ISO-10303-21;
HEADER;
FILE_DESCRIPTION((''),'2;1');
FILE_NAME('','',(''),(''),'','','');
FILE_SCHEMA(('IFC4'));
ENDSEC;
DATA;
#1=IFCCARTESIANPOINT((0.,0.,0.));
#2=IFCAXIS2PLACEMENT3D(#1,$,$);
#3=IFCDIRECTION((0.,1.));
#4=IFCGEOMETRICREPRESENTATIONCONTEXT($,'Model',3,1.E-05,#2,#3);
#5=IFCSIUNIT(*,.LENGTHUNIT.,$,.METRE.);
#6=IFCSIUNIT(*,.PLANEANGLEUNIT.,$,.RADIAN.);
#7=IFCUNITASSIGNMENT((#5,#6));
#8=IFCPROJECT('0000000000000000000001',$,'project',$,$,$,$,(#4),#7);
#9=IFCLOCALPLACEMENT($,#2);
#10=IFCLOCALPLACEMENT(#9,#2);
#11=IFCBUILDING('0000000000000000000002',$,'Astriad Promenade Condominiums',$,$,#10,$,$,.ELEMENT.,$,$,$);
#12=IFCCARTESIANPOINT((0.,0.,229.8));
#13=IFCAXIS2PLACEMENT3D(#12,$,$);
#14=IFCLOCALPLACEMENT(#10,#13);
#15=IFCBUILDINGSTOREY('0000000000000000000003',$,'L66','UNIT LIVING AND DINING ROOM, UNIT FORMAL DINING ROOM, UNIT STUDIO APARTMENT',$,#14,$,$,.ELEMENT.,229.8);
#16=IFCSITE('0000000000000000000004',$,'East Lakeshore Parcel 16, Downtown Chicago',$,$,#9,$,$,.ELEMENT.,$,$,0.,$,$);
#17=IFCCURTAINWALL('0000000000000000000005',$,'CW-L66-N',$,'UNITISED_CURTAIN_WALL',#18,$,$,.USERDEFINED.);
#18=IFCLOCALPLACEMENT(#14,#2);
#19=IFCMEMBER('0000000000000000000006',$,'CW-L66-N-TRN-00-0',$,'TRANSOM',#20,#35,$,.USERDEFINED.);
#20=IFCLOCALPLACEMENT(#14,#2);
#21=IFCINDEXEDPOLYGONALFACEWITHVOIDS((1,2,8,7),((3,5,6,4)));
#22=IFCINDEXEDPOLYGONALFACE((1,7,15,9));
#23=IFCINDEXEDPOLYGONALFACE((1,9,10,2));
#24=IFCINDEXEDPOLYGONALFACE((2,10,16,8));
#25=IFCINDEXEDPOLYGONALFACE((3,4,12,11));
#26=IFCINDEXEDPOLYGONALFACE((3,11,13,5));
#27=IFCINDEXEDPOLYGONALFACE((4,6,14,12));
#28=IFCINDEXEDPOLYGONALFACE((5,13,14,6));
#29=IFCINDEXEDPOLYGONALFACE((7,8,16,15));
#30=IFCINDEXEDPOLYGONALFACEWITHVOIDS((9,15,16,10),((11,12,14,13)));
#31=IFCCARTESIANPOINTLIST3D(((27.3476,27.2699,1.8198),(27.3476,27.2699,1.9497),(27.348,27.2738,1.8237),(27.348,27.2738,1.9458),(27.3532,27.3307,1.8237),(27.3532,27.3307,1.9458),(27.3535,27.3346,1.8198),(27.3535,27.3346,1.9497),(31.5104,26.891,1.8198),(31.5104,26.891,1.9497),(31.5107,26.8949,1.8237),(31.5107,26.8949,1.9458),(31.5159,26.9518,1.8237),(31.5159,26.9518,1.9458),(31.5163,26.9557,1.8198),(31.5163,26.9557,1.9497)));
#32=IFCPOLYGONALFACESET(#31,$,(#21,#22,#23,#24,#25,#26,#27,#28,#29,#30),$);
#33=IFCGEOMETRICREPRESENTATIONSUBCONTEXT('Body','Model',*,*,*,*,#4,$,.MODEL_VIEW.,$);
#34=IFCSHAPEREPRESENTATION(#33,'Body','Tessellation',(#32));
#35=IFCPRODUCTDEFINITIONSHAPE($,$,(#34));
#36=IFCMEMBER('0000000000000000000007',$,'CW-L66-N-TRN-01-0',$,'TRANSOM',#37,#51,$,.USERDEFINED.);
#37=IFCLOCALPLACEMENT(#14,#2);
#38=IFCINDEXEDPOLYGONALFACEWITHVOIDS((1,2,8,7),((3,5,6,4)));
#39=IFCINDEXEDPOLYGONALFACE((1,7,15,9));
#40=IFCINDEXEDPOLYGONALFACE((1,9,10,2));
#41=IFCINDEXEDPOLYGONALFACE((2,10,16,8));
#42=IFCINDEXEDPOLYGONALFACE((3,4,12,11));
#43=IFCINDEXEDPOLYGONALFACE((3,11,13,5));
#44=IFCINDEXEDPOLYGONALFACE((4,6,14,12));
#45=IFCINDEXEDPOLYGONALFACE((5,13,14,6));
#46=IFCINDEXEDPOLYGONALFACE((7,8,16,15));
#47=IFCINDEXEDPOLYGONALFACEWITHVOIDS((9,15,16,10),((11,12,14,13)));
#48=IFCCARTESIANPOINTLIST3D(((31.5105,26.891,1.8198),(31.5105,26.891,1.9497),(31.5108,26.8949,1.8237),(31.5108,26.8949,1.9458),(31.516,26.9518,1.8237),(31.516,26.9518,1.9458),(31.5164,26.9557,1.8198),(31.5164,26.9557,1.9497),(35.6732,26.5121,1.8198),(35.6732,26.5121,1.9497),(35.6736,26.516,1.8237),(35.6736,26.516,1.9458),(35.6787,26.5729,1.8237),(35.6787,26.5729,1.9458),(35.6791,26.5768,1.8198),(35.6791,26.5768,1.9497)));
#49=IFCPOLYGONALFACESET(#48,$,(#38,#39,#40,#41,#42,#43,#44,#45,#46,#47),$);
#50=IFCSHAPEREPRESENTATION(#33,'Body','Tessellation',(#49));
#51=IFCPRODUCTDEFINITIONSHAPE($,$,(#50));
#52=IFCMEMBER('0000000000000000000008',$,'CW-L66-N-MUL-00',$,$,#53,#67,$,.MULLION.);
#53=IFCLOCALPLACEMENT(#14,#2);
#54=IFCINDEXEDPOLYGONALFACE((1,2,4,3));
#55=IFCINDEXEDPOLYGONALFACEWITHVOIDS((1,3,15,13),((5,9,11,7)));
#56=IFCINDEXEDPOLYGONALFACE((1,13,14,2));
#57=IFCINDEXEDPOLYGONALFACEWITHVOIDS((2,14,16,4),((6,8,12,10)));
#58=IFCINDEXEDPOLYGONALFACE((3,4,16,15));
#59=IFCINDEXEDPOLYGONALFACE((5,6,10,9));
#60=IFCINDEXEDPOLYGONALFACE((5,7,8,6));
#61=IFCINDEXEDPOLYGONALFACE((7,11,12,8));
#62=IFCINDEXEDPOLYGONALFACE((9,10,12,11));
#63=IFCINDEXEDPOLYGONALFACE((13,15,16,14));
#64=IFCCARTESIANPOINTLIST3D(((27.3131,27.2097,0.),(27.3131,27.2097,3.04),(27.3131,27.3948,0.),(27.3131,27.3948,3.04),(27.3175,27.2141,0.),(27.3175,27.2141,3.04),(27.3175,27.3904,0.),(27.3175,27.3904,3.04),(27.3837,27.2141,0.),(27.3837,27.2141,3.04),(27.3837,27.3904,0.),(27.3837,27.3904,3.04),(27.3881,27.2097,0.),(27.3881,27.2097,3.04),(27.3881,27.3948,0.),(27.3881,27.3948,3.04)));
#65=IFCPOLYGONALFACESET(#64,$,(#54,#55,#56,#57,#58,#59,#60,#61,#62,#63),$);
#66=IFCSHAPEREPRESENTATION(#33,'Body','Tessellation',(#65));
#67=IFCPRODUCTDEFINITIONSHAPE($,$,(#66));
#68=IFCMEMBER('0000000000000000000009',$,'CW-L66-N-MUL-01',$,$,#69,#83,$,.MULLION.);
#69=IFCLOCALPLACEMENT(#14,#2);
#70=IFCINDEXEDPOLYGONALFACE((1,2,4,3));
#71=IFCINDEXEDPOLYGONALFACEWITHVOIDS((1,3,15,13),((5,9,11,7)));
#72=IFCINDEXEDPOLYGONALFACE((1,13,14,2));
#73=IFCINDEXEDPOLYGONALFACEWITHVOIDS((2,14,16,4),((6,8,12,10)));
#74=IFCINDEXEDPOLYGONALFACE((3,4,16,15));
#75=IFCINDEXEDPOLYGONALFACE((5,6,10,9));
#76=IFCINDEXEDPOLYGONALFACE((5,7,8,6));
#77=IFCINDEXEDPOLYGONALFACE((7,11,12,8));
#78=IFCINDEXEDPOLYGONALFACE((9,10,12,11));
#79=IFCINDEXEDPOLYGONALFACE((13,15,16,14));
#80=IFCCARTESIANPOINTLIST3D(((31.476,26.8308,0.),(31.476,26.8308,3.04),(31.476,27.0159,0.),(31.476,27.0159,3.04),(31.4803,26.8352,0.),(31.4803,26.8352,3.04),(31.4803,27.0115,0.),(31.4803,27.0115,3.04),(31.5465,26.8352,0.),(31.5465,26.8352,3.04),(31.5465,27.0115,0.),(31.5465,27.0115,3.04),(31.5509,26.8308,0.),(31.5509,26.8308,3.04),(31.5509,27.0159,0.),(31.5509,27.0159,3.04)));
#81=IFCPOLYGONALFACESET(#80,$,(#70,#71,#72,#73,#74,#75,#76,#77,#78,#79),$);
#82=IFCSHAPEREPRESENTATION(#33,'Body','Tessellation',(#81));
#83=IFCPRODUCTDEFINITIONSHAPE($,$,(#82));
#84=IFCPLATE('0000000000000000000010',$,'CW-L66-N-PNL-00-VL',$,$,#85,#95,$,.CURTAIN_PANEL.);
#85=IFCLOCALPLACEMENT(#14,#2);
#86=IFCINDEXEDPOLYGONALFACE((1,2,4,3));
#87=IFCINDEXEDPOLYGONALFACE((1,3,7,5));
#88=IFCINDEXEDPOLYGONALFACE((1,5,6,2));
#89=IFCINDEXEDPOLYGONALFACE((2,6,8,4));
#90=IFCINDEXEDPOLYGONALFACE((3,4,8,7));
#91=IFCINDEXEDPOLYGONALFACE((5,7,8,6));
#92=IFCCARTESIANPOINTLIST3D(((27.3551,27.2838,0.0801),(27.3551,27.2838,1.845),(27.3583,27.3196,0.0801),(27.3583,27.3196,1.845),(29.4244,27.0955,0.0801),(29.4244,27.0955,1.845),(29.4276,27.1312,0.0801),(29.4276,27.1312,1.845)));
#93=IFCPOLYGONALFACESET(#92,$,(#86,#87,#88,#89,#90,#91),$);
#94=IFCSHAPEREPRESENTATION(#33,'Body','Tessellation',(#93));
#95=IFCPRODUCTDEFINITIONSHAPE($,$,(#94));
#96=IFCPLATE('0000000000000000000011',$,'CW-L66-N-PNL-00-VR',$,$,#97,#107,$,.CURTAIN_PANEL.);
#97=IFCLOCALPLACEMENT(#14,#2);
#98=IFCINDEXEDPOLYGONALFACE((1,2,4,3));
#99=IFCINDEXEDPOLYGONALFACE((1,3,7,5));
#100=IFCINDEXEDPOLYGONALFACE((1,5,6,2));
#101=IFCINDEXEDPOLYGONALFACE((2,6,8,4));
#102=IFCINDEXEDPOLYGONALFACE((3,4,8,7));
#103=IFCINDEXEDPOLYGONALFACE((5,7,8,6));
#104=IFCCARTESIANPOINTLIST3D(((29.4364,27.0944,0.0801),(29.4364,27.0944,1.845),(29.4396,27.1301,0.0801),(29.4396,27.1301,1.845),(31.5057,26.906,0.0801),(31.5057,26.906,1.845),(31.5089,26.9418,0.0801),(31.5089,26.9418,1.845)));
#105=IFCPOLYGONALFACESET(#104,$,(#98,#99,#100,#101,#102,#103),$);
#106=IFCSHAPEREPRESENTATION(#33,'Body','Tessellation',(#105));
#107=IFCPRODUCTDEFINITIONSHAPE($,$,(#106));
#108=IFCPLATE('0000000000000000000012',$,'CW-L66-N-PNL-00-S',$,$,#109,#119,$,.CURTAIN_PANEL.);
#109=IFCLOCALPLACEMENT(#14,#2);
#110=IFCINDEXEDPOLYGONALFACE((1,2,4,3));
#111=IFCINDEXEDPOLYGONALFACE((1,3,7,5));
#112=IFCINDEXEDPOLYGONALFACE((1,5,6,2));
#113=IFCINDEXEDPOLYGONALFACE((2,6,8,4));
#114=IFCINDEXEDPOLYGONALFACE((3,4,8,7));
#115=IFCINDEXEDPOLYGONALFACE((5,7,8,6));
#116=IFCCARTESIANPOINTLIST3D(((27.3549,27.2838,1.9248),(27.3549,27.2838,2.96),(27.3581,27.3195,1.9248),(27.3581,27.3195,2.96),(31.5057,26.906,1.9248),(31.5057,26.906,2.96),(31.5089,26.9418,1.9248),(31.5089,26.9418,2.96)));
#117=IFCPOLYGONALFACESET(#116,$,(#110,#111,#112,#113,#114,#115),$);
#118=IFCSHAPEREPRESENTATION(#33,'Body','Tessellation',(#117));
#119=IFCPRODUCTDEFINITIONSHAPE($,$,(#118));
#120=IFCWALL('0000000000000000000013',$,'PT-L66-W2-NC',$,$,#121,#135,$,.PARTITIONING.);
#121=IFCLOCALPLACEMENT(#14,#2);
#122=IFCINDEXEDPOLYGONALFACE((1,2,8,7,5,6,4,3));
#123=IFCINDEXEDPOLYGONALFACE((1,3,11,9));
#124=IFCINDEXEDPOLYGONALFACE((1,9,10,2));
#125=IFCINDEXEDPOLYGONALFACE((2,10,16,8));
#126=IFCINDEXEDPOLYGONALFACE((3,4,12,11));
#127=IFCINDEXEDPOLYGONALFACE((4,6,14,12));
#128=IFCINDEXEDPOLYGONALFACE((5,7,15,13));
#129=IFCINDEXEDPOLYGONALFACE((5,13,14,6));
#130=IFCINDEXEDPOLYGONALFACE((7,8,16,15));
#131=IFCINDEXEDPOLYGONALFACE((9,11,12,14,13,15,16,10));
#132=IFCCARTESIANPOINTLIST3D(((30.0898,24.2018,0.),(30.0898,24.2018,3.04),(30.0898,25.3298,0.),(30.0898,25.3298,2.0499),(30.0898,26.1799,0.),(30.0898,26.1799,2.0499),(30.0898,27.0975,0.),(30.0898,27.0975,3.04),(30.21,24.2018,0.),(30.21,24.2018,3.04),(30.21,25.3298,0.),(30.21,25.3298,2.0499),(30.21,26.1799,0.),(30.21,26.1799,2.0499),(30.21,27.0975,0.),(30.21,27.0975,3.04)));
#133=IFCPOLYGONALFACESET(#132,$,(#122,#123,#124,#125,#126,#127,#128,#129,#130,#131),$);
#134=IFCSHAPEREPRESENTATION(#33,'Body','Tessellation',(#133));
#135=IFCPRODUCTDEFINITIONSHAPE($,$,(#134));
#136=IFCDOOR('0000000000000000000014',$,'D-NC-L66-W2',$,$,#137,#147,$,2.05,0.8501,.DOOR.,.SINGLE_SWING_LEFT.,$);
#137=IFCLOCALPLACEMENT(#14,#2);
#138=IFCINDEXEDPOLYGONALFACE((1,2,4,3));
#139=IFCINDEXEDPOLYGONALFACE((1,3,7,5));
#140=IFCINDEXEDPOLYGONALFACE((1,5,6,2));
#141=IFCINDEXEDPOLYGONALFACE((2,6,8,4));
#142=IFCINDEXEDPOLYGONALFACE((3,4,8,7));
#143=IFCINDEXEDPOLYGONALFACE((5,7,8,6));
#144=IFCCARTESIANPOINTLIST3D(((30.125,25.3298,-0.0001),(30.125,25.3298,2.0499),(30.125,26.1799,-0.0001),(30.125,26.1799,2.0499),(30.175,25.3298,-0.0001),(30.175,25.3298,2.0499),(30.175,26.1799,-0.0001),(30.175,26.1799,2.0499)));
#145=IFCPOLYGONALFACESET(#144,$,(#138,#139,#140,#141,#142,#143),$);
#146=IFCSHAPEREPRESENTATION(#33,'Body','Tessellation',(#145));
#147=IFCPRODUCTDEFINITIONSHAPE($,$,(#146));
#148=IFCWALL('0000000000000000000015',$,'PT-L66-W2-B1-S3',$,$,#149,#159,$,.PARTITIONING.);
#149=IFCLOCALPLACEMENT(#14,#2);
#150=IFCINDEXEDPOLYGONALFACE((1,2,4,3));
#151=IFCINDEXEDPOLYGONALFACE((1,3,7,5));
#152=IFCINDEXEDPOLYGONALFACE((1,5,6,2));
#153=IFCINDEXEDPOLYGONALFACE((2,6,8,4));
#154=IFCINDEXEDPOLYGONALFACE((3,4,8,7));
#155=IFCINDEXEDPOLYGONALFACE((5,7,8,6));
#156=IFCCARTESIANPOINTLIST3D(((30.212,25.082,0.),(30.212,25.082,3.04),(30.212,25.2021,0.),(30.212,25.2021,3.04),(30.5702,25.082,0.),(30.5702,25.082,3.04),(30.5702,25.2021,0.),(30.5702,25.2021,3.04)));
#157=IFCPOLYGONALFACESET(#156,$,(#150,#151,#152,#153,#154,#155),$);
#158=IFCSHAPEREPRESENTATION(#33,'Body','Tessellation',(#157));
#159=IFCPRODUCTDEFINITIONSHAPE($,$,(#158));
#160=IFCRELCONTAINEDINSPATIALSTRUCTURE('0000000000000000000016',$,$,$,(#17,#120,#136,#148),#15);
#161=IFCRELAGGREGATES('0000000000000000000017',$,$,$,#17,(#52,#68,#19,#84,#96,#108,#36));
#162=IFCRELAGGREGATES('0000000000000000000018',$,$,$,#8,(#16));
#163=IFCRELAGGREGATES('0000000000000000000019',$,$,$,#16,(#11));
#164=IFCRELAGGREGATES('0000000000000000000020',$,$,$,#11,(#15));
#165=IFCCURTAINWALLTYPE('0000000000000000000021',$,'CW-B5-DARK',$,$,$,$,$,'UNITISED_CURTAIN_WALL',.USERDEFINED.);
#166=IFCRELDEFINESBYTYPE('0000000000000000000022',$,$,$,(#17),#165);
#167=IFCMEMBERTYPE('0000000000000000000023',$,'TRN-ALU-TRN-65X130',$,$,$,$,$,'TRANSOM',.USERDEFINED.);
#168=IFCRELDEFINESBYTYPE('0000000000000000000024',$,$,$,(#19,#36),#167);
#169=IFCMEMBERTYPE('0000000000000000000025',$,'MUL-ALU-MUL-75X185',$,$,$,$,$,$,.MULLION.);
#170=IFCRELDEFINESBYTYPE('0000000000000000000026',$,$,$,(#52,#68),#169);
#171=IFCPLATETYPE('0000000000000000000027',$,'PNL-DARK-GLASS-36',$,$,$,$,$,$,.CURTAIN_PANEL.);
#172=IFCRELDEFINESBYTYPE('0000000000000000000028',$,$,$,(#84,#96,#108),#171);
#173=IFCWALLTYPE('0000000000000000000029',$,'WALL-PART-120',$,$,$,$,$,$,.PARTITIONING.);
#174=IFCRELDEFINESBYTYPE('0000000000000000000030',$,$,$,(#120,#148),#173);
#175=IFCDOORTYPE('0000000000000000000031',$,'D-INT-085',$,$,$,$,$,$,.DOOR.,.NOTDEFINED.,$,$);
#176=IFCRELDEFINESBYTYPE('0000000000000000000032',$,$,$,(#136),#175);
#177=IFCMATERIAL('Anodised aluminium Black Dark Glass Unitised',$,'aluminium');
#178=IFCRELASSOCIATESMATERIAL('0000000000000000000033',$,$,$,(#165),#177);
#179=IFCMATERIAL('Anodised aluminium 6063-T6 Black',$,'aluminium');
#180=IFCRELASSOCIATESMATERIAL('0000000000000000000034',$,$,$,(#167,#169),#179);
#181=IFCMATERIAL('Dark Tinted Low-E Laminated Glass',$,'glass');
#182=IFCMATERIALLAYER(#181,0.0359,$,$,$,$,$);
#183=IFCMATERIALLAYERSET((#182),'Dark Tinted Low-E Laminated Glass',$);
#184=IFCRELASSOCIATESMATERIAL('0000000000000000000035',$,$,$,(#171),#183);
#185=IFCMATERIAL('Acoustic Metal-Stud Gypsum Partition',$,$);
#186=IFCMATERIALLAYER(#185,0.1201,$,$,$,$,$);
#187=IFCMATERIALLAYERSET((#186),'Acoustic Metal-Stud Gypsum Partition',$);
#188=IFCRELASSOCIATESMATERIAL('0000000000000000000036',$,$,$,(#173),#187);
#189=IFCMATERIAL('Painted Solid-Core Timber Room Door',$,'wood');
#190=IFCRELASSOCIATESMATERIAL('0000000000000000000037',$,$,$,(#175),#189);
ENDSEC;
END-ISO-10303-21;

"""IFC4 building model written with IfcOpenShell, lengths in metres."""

from ifc_helpers import new_model, si_unit, direction, frame, frame_2d, origin, origin_2d, place, context, subcontext, project, spatial, rectangle, hollow_rectangle, extrude, source, transform, mapped, material, layer, layer_set, material_profile, profile_set, type_object, type_shapes, element, fill, aggregate, save


model = new_model("IFC4")

# Units and contexts
model_context = context("Model", 3, precision=1e-05, world=origin(), true_north=direction((0.0, 1.0)))
body_context = subcontext(model_context, "Body", "Model", "MODEL_VIEW")
ifc_project = project(units=[si_unit("LENGTHUNIT", "METRE"), si_unit("PLANEANGLEUNIT", "RADIAN")], contexts=[model_context])

# Site, building, storey
site_placement = place(None, origin())
site = spatial("IfcSite", under=ifc_project, at=site_placement, Name="East Lakeshore Parcel 16, Downtown Chicago", CompositionType="ELEMENT", RefElevation=0.0)
building_placement = place(site_placement, origin())
building = spatial("IfcBuilding", under=site, at=building_placement, Name="Astriad Promenade Condominiums", CompositionType="ELEMENT")
storey_placement = place(building_placement, frame((0.0, 0.0, 229.8)))
storey = spatial("IfcBuildingStorey", under=building, at=storey_placement, Name="L66", Description="UNIT LIVING AND DINING ROOM, UNIT FORMAL DINING ROOM, UNIT STUDIO APARTMENT", CompositionType="ELEMENT", Elevation=229.8)

# Curtain wall, members, plates
ifc_material_1 = material(Name="Anodised aluminium Black Dark Glass Unitised", Category="aluminium")
curtain_wall_type = type_object("IfcCurtainWallType", Name="CW-B5-DARK", ElementType="UNITISED_CURTAIN_WALL", PredefinedType="USERDEFINED", material=ifc_material_1)
curtain_wall_placement = place(storey_placement, origin())
curtain_wall = element("IfcCurtainWall", 1, at=curtain_wall_placement, inside=storey, type_object=curtain_wall_type, Name="CW-L66-N", ObjectType="UNITISED_CURTAIN_WALL", PredefinedType="USERDEFINED")
ifc_material_2 = material(Name="Anodised aluminium 6063-T6 Black", Category="aluminium")
ifc_material_profile_1 = material_profile(ifc_material_2, hollow_rectangle(XDim=0.0649, YDim=0.1299, WallThickness=0.0039, at=origin_2d()), Name="ALU-TRN-65X130")
ifc_profile_set_1 = profile_set([ifc_material_profile_1], Name="Anodised aluminium 6063-T6 Black")
member_type_1 = type_object("IfcMemberType", Name="TRN-ALU-TRN-65X130", ElementType="TRANSOM", PredefinedType="USERDEFINED", material=ifc_profile_set_1)
shared_shape_1 = source(origin(), body_context, "Body", "SweptSolid", [
    extrude(hollow_rectangle(XDim=0.0649, YDim=0.1299, WallThickness=0.0039, at=origin_2d()), origin(), (0.0, 0.0, 1.0), 4.1799),
])
type_shapes(member_type_1, [shared_shape_1])
member_1_placement = place(storey_placement, frame((27.3506, 27.3022, 1.8848), z_axis=(0.995883, -0.090646, 0.0), x_axis=(0.090646, 0.995883, 0.0)))
member_1 = element("IfcMember", 2, at=member_1_placement, type_object=member_type_1, Name="CW-L66-N-TRN-00-0", ObjectType="TRANSOM", PredefinedType="USERDEFINED", context=body_context, shape_type="MappedRepresentation", body=[
    mapped(shared_shape_1, transform((0.0, 0.0, 0.0), scale=1.0)),
])
member_2_placement = place(storey_placement, frame((31.5134, 26.9233, 1.8848), z_axis=(0.995883, -0.090646, 0.0), x_axis=(0.090646, 0.995883, 0.0)))
member_2 = element("IfcMember", 3, at=member_2_placement, type_object=member_type_1, Name="CW-L66-N-TRN-01-0", ObjectType="TRANSOM", PredefinedType="USERDEFINED", context=body_context, shape_type="MappedRepresentation", body=[
    mapped(shared_shape_1, transform((0.0, 0.0, 0.0), scale=1.0)),
])
ifc_material_profile_2 = material_profile(ifc_material_2, hollow_rectangle(XDim=0.075, YDim=0.1851, WallThickness=0.0044, at=origin_2d()), Name="ALU-MUL-75X185")
ifc_profile_set_2 = profile_set([ifc_material_profile_2], Name="Anodised aluminium 6063-T6 Black")
member_type_2 = type_object("IfcMemberType", Name="MUL-ALU-MUL-75X185", PredefinedType="MULLION", material=ifc_profile_set_2)
shared_shape_2 = source(origin(), body_context, "Body", "SweptSolid", [
    extrude(hollow_rectangle(XDim=0.075, YDim=0.1851, WallThickness=0.0044, at=origin_2d()), origin(), (0.0, 0.0, 1.0), 3.04),
])
type_shapes(member_type_2, [shared_shape_2])
member_3_placement = place(storey_placement, frame((27.3506, 27.3022, 0.0), z_axis=(0.0, 0.0, 1.0), x_axis=(1.0, 0.0, 0.0)))
member_3 = element("IfcMember", 4, at=member_3_placement, type_object=member_type_2, Name="CW-L66-N-MUL-00", PredefinedType="MULLION", context=body_context, shape_type="MappedRepresentation", body=[
    mapped(shared_shape_2, transform((0.0, 0.0, 0.0), scale=1.0)),
])
member_4_placement = place(storey_placement, frame((31.5134, 26.9233, 0.0), z_axis=(0.0, 0.0, 1.0), x_axis=(1.0, 0.0, 0.0)))
member_4 = element("IfcMember", 5, at=member_4_placement, type_object=member_type_2, Name="CW-L66-N-MUL-01", PredefinedType="MULLION", context=body_context, shape_type="MappedRepresentation", body=[
    mapped(shared_shape_2, transform((0.0, 0.0, 0.0), scale=1.0)),
])
ifc_material_3 = material(Name="Dark Tinted Low-E Laminated Glass", Category="glass")
ifc_layer_1 = layer(ifc_material_3, 0.0359)
ifc_layer_set_1 = layer_set([ifc_layer_1], Name="Dark Tinted Low-E Laminated Glass")
plate_type = type_object("IfcPlateType", Name="PNL-DARK-GLASS-36", PredefinedType="CURTAIN_PANEL", material=ifc_layer_set_1)
shared_shape_3 = source(origin(), body_context, "Body", "SweptSolid", [
    extrude(rectangle(XDim=2.0779, YDim=0.0359, at=origin_2d()), origin(), (0.0, 0.0, 1.0), 1.7649),
])
plate_1_placement = place(storey_placement, frame((28.3914, 27.2075, 0.0801), z_axis=(0.0, 0.0, 1.0), x_axis=(0.995884, -0.090633, 0.0)))
plate_1 = element("IfcPlate", 6, at=plate_1_placement, type_object=plate_type, Name="CW-L66-N-PNL-00-VL", PredefinedType="CURTAIN_PANEL", context=body_context, shape_type="MappedRepresentation", body=[
    mapped(shared_shape_3, transform((0.0, 0.0, 0.0), scale=1.0)),
])
plate_2_placement = place(storey_placement, frame((30.4727, 27.0181, 0.0801), z_axis=(0.0, 0.0, 1.0), x_axis=(0.995884, -0.090633, 0.0)))
plate_2 = element("IfcPlate", 7, at=plate_2_placement, type_object=plate_type, Name="CW-L66-N-PNL-00-VR", PredefinedType="CURTAIN_PANEL", context=body_context, shape_type="MappedRepresentation", body=[
    mapped(shared_shape_3, transform((0.0, 0.0, 0.0), scale=1.0)),
])
shared_shape_4 = source(origin(), body_context, "Body", "SweptSolid", [
    extrude(rectangle(XDim=4.168, YDim=0.0359, at=origin_2d()), origin(), (0.0, 0.0, 1.0), 1.0352),
])
type_shapes(plate_type, [shared_shape_3, shared_shape_4])
plate_3_placement = place(storey_placement, frame((29.4319, 27.1128, 1.9248), z_axis=(0.0, 0.0, 1.0), x_axis=(0.995884, -0.090633, 0.0)))
plate_3 = element("IfcPlate", 8, at=plate_3_placement, type_object=plate_type, Name="CW-L66-N-PNL-00-S", PredefinedType="CURTAIN_PANEL", context=body_context, shape_type="MappedRepresentation", body=[
    mapped(shared_shape_4, transform((0.0, 0.0, 0.0), scale=1.0)),
])
aggregate(curtain_wall, [member_3, member_4, member_1, plate_1, plate_2, plate_3, member_2])

# Wall, opening, door
ifc_material_4 = material(Name="Acoustic Metal-Stud Gypsum Partition")
ifc_layer_2 = layer(ifc_material_4, 0.1201)
ifc_layer_set_2 = layer_set([ifc_layer_2], Name="Acoustic Metal-Stud Gypsum Partition")
wall_type = type_object("IfcWallType", Name="WALL-PART-120", PredefinedType="PARTITIONING", material=ifc_layer_set_2)
wall_1_placement = place(storey_placement, frame((30.1499, 24.2019, 0.0), z_axis=(0.0, 0.0, 1.0), x_axis=(0.0, 1.0, 0.0)))
wall_1 = element("IfcWall", 9, at=wall_1_placement, inside=storey, type_object=wall_type, Name="PT-L66-W2-NC", PredefinedType="PARTITIONING", context=body_context, shape_type="SweptSolid", body=[
    extrude(rectangle(XDim=2.8958, YDim=0.1201, at=frame_2d((1.4478, 0.0))), origin(), (0.0, 0.0, 1.0), 3.04),
])
opening_placement = place(wall_1_placement, frame((1.1279, 0.0, 0.0)))
opening = element("IfcOpeningElement", 10, at=opening_placement, cuts=wall_1, PredefinedType="OPENING", context=body_context, shape_type="SweptSolid", body=[
    extrude(rectangle(XDim=0.8501, YDim=2.05, at=frame_2d((0.425, 1.0249))), frame((0.0, 0.0701, 0.0), z_axis=(0.0, -1.0, 0.0), x_axis=(1.0, 0.0, 0.0)), (0.0, 0.0, 1.0), 0.1401),
])
ifc_material_5 = material(Name="Painted Solid-Core Timber Room Door", Category="wood")
door_type = type_object("IfcDoorType", Name="D-INT-085", OperationType="NOTDEFINED", PredefinedType="DOOR", material=ifc_material_5)
shared_shape_5 = source(origin(), body_context, "Body", "SweptSolid", [
    extrude(rectangle(XDim=0.8501, YDim=2.05, at=frame_2d((0.425, 1.0249))), frame((0.0, 0.0249, 0.0), z_axis=(0.0, -1.0, 0.0), x_axis=(1.0, 0.0, 0.0)), (0.0, 0.0, 1.0), 0.05),
])
type_shapes(door_type, [shared_shape_5])
door_placement = place(opening_placement, origin())
door = element("IfcDoor", 11, at=door_placement, inside=storey, type_object=door_type, Name="D-NC-L66-W2", OperationType="SINGLE_SWING_LEFT", OverallHeight=2.05, OverallWidth=0.8501, PredefinedType="DOOR", context=body_context, shape_type="MappedRepresentation", body=[
    mapped(shared_shape_5, transform((0.0, 0.0, 0.0), scale=1.0)),
])
fill(opening, door)

# Wall
wall_2_placement = place(storey_placement, frame((30.2119, 25.1421, 0.0), z_axis=(0.0, 0.0, 1.0), x_axis=(1.0, 0.0, 0.0)))
element("IfcWall", 12, at=wall_2_placement, inside=storey, type_object=wall_type, Name="PT-L66-W2-B1-S3", PredefinedType="PARTITIONING", context=body_context, shape_type="SweptSolid", body=[
    extrude(rectangle(XDim=0.3582, YDim=0.1201, at=frame_2d((0.1792, 0.0))), origin(), (0.0, 0.0, 1.0), 3.04),
])

save(model, "model.ifc")
